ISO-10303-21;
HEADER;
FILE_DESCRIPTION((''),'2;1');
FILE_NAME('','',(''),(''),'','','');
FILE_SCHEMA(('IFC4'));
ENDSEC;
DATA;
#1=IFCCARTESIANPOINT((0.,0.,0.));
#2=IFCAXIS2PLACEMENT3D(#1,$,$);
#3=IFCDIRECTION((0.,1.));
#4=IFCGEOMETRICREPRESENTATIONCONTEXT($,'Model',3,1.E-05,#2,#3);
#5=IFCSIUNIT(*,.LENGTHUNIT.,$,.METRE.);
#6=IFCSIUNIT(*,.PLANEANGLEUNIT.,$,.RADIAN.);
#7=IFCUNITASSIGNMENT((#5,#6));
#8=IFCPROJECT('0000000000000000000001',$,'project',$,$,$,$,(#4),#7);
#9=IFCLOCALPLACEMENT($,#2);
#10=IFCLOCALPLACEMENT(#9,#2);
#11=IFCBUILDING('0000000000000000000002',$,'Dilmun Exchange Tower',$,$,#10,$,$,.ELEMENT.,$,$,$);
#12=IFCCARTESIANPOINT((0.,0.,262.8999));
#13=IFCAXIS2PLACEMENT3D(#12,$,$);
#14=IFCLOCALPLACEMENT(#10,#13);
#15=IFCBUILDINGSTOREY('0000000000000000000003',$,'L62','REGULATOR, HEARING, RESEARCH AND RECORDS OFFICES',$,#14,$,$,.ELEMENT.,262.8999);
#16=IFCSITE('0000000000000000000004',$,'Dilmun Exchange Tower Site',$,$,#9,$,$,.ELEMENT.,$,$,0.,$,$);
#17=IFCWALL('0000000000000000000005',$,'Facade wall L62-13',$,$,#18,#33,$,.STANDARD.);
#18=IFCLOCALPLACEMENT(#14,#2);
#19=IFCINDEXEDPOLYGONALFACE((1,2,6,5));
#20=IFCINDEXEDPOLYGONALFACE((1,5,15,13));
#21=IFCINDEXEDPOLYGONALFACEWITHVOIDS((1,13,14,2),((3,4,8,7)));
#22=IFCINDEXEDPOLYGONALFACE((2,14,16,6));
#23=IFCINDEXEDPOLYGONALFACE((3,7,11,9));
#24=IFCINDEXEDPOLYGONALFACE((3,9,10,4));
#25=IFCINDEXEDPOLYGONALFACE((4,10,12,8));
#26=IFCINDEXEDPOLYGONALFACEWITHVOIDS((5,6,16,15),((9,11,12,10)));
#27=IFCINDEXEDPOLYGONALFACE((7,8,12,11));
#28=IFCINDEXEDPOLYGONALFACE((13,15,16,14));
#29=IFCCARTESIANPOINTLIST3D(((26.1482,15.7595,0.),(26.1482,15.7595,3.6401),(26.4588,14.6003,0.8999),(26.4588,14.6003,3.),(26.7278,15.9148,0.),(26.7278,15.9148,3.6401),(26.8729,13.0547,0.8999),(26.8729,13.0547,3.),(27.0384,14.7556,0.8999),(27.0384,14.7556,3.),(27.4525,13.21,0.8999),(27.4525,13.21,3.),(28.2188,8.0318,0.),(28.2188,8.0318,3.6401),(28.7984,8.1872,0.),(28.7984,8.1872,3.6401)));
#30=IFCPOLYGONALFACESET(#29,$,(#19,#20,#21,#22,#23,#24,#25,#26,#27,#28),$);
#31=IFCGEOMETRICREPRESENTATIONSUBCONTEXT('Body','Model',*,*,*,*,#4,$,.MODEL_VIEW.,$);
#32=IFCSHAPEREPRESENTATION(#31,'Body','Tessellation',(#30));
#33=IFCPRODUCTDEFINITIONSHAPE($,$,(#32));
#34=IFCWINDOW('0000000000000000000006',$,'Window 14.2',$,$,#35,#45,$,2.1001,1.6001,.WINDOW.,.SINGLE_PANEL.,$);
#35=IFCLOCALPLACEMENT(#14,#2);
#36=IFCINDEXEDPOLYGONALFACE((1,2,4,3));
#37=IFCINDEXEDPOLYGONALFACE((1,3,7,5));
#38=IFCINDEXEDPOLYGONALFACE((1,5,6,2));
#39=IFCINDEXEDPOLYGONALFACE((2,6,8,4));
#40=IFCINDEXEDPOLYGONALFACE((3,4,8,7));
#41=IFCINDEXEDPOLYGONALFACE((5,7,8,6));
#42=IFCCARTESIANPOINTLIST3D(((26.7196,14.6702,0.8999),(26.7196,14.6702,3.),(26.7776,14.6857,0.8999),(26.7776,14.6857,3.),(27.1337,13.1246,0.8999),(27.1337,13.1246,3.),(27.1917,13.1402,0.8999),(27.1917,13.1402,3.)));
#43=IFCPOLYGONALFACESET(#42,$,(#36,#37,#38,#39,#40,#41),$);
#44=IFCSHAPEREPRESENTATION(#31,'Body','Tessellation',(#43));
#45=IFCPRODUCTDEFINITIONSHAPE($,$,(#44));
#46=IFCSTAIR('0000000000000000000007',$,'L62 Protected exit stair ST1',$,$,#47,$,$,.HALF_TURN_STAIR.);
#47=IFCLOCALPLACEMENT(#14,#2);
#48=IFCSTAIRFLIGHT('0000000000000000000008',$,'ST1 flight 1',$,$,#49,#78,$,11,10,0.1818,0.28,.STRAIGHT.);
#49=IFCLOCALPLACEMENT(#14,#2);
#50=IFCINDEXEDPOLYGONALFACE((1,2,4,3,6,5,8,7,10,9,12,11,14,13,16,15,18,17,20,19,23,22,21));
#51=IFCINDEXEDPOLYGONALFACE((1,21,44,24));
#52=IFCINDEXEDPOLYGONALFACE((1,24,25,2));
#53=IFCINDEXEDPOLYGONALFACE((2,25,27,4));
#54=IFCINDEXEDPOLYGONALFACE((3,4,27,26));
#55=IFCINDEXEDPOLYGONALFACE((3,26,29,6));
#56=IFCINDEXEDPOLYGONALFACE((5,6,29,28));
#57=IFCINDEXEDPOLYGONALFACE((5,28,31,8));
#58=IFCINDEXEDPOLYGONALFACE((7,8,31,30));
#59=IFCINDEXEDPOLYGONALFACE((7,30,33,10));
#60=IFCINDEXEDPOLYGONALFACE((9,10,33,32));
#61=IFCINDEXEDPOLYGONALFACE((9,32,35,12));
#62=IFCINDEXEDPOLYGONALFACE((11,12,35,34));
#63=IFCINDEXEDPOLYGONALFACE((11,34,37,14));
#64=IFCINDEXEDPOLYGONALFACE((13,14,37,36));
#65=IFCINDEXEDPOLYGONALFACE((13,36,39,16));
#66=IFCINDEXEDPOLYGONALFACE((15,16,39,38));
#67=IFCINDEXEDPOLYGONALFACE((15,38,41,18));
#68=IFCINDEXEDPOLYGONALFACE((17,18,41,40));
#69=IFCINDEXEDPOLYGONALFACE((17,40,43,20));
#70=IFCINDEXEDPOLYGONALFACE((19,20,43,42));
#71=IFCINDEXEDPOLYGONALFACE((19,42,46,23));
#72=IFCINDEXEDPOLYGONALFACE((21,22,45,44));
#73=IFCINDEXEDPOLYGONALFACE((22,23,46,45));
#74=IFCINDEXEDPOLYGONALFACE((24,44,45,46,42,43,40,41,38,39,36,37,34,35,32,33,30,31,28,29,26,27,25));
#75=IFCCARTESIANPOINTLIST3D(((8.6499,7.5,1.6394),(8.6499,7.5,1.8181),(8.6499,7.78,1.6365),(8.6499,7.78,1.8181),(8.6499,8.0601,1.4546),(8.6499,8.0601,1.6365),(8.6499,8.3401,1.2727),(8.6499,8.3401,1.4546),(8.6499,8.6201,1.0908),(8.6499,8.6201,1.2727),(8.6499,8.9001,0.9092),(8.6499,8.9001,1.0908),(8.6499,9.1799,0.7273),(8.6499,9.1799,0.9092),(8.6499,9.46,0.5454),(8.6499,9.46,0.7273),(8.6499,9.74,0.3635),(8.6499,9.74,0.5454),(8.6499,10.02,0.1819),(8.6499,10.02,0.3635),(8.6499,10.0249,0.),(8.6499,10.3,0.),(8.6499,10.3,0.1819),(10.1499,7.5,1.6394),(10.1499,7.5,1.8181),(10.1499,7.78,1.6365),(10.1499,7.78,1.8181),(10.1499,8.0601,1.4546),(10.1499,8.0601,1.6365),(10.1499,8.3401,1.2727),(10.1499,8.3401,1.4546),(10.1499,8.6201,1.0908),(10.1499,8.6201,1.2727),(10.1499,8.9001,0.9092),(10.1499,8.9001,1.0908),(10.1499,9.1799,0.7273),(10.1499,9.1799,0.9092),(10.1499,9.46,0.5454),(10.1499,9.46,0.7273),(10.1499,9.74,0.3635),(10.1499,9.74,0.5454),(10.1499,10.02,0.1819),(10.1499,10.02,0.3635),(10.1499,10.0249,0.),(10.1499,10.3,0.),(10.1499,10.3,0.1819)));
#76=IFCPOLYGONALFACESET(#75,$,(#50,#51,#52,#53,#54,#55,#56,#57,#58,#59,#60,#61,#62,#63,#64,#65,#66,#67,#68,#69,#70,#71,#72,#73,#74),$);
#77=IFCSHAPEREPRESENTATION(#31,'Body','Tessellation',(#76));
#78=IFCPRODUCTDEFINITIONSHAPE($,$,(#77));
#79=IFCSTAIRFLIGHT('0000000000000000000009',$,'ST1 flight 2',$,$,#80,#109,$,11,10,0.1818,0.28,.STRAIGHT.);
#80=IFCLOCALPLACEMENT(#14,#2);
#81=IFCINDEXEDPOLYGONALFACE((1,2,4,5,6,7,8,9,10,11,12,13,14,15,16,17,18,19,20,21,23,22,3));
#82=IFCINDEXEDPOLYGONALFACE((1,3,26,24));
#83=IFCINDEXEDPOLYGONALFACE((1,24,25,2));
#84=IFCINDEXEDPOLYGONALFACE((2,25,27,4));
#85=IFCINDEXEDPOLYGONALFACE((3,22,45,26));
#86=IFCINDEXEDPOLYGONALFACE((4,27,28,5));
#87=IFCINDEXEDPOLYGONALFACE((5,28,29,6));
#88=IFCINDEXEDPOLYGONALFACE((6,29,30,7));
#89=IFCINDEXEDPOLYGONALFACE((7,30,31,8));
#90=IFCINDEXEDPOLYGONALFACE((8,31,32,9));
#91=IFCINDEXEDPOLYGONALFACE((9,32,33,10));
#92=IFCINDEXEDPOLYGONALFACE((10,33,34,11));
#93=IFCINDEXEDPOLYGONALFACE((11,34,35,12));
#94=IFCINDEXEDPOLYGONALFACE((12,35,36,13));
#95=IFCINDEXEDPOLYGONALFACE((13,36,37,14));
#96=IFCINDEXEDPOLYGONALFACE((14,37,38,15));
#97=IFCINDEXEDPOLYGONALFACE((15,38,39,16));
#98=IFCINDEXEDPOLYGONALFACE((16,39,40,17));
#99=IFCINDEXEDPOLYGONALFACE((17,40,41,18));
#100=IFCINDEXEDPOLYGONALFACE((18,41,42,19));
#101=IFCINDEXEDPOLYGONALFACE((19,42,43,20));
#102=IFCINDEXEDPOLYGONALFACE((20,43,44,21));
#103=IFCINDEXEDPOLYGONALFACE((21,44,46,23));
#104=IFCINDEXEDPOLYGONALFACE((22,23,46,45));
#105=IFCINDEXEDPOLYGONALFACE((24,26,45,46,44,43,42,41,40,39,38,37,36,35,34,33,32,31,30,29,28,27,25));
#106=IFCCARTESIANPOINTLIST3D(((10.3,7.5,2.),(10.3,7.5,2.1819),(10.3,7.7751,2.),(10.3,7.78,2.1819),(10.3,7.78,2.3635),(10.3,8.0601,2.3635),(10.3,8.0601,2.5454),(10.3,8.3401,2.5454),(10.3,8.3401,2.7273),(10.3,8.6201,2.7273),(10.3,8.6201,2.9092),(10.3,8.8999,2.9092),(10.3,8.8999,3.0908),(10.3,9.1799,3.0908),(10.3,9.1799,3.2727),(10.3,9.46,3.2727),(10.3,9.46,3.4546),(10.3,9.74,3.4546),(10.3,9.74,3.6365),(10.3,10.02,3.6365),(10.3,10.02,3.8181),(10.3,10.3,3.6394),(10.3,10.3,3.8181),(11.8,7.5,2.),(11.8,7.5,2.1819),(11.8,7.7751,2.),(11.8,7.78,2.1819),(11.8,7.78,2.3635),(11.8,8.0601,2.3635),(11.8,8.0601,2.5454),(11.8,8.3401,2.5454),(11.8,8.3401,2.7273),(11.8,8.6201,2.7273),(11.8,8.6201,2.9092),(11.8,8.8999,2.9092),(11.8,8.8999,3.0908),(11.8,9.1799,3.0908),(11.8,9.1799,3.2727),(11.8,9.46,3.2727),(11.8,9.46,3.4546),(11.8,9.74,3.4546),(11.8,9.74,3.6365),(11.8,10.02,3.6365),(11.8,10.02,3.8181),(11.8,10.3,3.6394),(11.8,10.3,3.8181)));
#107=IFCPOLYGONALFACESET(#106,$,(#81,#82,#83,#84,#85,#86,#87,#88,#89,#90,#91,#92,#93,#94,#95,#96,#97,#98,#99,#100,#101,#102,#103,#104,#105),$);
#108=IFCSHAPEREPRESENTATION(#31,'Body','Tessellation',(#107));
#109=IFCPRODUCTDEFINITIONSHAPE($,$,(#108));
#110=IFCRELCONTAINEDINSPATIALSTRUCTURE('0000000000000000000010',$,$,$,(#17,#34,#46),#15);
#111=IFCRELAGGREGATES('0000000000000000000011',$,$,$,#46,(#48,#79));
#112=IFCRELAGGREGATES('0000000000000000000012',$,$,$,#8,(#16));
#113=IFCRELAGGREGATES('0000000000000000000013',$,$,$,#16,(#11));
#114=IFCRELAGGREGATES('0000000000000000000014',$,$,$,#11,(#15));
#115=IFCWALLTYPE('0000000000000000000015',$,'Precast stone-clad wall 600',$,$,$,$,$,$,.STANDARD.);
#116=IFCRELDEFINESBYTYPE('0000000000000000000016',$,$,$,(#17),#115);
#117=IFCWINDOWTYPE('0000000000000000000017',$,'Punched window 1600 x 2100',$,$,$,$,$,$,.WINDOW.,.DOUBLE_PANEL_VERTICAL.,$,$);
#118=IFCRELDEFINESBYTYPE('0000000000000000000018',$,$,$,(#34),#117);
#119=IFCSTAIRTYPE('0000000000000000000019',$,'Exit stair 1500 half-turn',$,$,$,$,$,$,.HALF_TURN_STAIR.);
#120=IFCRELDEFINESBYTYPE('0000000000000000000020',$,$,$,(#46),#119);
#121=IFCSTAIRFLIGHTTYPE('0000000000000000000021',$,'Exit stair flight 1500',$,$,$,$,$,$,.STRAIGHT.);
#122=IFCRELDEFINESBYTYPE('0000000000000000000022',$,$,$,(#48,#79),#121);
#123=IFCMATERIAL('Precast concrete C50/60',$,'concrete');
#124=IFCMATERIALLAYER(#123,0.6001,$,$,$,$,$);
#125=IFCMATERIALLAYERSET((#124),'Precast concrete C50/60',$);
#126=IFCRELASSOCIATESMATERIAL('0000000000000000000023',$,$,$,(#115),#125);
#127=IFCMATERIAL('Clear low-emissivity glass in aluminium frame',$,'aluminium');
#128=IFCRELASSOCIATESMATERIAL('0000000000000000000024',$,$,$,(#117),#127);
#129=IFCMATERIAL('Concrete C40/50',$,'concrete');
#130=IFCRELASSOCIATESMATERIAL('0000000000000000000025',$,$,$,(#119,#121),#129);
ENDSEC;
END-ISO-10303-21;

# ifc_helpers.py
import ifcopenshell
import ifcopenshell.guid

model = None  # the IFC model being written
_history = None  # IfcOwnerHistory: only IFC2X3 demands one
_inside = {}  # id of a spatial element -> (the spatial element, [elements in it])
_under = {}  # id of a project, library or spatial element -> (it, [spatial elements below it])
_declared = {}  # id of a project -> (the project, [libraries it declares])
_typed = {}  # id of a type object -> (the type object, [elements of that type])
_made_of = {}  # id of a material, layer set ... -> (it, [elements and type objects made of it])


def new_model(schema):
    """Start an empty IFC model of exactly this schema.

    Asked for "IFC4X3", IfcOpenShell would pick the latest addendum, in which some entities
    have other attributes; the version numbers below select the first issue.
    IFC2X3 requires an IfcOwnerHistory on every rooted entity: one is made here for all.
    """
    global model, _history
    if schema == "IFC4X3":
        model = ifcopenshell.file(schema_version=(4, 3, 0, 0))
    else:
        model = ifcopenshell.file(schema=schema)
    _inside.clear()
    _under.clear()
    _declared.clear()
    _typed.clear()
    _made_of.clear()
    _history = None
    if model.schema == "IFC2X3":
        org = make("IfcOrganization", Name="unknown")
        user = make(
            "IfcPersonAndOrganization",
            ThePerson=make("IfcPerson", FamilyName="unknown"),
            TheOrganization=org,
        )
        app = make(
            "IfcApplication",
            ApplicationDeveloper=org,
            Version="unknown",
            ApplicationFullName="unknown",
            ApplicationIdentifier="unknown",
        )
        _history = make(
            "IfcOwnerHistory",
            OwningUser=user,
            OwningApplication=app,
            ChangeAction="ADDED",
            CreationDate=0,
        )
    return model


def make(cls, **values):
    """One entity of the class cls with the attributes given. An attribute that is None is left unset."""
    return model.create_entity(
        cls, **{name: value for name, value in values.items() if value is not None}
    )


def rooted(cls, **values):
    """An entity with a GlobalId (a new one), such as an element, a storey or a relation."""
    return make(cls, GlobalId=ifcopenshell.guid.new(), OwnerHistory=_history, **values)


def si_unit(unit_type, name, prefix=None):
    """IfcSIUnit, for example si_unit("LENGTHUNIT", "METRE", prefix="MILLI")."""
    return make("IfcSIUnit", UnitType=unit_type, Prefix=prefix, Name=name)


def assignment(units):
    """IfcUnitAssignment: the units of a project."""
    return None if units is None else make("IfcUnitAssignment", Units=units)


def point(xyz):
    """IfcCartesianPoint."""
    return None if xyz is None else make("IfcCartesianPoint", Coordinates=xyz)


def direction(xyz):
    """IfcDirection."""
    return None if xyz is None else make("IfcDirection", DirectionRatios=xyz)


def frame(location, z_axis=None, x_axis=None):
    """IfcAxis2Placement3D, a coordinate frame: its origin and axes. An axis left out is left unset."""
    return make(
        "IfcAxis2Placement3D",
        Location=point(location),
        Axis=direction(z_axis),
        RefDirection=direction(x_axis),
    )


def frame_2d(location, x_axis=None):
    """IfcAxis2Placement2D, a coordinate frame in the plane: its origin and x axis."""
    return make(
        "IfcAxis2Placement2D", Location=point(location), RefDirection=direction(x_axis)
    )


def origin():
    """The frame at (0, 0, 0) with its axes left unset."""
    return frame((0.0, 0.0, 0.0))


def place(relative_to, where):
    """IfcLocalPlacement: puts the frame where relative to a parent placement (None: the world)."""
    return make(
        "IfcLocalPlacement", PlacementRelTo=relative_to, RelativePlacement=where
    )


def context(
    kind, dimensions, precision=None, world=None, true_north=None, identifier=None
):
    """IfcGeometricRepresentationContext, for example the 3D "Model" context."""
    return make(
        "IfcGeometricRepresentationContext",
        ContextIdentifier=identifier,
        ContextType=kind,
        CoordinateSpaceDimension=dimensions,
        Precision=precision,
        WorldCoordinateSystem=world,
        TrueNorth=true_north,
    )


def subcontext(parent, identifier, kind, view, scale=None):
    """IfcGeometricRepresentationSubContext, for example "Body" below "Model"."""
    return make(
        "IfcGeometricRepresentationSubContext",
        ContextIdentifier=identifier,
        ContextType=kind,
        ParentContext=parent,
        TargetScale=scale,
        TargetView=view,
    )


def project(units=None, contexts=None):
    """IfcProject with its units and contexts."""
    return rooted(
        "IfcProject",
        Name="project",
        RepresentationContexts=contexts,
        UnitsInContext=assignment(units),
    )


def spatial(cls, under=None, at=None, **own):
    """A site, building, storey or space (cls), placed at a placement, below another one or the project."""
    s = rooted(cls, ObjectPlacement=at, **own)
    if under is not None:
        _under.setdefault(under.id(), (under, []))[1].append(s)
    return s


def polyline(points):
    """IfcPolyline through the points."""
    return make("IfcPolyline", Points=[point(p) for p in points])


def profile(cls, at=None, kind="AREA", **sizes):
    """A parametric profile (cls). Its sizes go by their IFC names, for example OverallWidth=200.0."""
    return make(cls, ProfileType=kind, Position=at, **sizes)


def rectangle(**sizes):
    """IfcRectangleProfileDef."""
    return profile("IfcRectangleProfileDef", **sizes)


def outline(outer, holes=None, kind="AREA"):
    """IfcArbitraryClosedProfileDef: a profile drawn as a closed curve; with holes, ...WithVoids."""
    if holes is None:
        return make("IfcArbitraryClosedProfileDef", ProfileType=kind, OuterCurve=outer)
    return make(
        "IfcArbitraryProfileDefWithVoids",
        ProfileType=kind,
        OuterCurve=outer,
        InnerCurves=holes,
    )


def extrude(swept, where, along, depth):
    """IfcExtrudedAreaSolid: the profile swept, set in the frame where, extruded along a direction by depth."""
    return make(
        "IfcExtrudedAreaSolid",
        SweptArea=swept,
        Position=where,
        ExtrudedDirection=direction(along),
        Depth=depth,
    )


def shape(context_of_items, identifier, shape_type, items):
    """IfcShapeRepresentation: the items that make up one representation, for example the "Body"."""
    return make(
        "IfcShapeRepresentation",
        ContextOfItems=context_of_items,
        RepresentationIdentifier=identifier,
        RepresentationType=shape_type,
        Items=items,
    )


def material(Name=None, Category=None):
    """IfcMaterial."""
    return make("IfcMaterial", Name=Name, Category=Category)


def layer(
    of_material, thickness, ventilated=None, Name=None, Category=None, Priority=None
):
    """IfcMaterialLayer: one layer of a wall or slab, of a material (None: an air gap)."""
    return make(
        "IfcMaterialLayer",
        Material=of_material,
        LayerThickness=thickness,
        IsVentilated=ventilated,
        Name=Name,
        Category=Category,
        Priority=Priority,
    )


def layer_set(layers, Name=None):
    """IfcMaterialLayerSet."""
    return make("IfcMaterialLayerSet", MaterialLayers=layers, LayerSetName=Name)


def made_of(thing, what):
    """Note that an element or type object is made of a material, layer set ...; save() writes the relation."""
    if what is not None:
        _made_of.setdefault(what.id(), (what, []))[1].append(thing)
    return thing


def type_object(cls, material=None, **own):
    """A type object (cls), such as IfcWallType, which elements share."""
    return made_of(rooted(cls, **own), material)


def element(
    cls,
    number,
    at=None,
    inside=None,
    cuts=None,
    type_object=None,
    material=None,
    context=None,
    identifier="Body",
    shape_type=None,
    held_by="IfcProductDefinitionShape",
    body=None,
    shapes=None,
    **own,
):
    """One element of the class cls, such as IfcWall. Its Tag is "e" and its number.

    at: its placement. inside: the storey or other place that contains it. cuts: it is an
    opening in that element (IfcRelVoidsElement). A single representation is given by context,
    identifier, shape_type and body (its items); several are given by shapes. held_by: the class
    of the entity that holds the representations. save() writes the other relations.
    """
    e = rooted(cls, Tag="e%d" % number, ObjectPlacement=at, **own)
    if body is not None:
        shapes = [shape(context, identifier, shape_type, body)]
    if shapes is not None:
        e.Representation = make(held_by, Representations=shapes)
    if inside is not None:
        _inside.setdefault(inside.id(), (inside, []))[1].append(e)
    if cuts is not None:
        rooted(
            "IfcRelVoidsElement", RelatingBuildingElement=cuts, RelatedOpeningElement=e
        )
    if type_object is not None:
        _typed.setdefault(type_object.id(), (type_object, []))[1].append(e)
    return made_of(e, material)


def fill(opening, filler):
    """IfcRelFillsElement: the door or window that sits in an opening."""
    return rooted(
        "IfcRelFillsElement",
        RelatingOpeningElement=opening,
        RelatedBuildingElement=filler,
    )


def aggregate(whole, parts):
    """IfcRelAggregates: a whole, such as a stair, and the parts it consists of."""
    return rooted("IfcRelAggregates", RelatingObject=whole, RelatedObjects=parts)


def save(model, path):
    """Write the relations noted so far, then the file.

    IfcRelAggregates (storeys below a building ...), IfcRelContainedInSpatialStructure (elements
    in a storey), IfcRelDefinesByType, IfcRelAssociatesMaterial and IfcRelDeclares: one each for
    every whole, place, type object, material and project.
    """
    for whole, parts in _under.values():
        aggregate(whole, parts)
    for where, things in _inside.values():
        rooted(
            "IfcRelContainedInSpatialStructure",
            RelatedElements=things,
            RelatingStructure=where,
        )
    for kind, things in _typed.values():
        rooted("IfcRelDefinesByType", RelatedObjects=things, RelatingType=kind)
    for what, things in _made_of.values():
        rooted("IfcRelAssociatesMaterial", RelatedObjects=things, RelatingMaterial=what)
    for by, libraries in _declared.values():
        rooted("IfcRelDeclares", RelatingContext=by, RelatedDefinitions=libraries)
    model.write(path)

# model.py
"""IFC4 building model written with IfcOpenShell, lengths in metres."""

from ifc_helpers import new_model, si_unit, direction, frame, frame_2d, origin, place, context, subcontext, project, spatial, polyline, rectangle, outline, extrude, material, layer, layer_set, type_object, element, fill, aggregate, save


model = new_model("IFC4")

# Units and contexts
model_context = context("Model", 3, precision=1e-05, world=origin(), true_north=direction((0.0, 1.0)))
body_context = subcontext(model_context, "Body", "Model", "MODEL_VIEW")
ifc_project = project(units=[si_unit("LENGTHUNIT", "METRE"), si_unit("PLANEANGLEUNIT", "RADIAN")], contexts=[model_context])

# Site, building, storey
site_placement = place(None, origin())
site = spatial("IfcSite", under=ifc_project, at=site_placement, Name="Dilmun Exchange Tower Site", CompositionType="ELEMENT", RefElevation=0.0)
building_placement = place(site_placement, origin())
building = spatial("IfcBuilding", under=site, at=building_placement, Name="Dilmun Exchange Tower", CompositionType="ELEMENT")
storey_placement = place(building_placement, frame((0.0, 0.0, 262.8999)))
storey = spatial("IfcBuildingStorey", under=building, at=storey_placement, Name="L62", Description="REGULATOR, HEARING, RESEARCH AND RECORDS OFFICES", CompositionType="ELEMENT", Elevation=262.8999)

# Shared definitions
ifc_material_1 = material(Name="Concrete C40/50", Category="concrete")

# Wall, opening, window
ifc_material_2 = material(Name="Precast concrete C50/60", Category="concrete")
ifc_layer_1 = layer(ifc_material_2, 0.6001)
ifc_layer_set_1 = layer_set([ifc_layer_1], Name="Precast concrete C50/60")
wall_type_1 = type_object("IfcWallType", Name="Precast stone-clad wall 600", PredefinedType="STANDARD", material=ifc_layer_set_1)
ifc_material_3 = material(Name="Clear low-emissivity glass in aluminium frame", Category="aluminium")
window_type = type_object("IfcWindowType", Name="Punched window 1600 x 2100", PartitioningType="DOUBLE_PANEL_VERTICAL", PredefinedType="WINDOW", material=ifc_material_3)
wall_1_placement = place(storey_placement, frame((28.5085, 8.1096, 0.0), z_axis=(0.0, 0.0, 1.0), x_axis=(-0.258815, 0.965927, 0.0)))
wall_1 = element("IfcWall", 1, at=wall_1_placement, inside=storey, type_object=wall_type_1, Name="Facade wall L62-13", PredefinedType="STANDARD", context=body_context, shape_type="SweptSolid", body=[
    extrude(rectangle(XDim=8.0002, YDim=0.6001, at=frame_2d((4.0, 0.0))), origin(), (0.0, 0.0, 1.0), 3.6401),
])
opening_1_placement = place(wall_1_placement, frame((5.2, 0.0, 0.8999)))
opening_1 = element("IfcOpeningElement", 2, at=opening_1_placement, cuts=wall_1, PredefinedType="OPENING", context=body_context, shape_type="SweptSolid", body=[
    extrude(rectangle(XDim=1.6001, YDim=2.1001, at=frame_2d((0.8, 1.05))), frame((0.0, 0.3101, 0.0), z_axis=(0.0, -1.0, 0.0), x_axis=(1.0, 0.0, 0.0)), (0.0, 0.0, 1.0), 0.6201),
])
window_1_placement = place(opening_1_placement, origin())
window_1 = element("IfcWindow", 3, at=window_1_placement, inside=storey, type_object=window_type, Name="Window 14.2", OverallHeight=2.1001, OverallWidth=1.6001, PartitioningType="SINGLE_PANEL", PredefinedType="WINDOW", context=body_context, shape_type="SweptSolid", body=[
    extrude(rectangle(XDim=1.6001, YDim=2.1001, at=frame_2d((0.8, 1.05))), frame((0.0, 0.03, 0.0), z_axis=(0.0, -1.0, 0.0), x_axis=(1.0, 0.0, 0.0)), (0.0, 0.0, 1.0), 0.0601),
])
fill(opening_1, window_1)

# Stair, stair flights
stair_type = type_object("IfcStairType", Name="Exit stair 1500 half-turn", PredefinedType="HALF_TURN_STAIR", material=ifc_material_1)
stair_placement = place(storey_placement, origin())
stair = element("IfcStair", 4, at=stair_placement, inside=storey, type_object=stair_type, Name="L62 Protected exit stair ST1", PredefinedType="HALF_TURN_STAIR")
stair_flight_type = type_object("IfcStairFlightType", Name="Exit stair flight 1500", PredefinedType="STRAIGHT", material=ifc_material_1)
stair_flight_1_placement = place(storey_placement, frame((9.3999, 10.3, 0.0), z_axis=(0.0, 0.0, 1.0), x_axis=(0.0, -1.0, 0.0)))
stair_flight_1 = element("IfcStairFlight", 5, at=stair_flight_1_placement, type_object=stair_flight_type, Name="ST1 flight 1", NumberOfRisers=11, NumberOfTreads=10, PredefinedType="STRAIGHT", RiserHeight=0.1818, TreadLength=0.28, context=body_context, shape_type="SweptSolid", body=[
    extrude(outline(polyline([(0.0, 0.0), (0.0, 0.1819), (0.28, 0.1819), (0.28, 0.3635), (0.5601, 0.3635), (0.5601, 0.5454), (0.8401, 0.5454), (0.8401, 0.7273), (1.1201, 0.7273), (1.1201, 0.9092), (1.3999, 0.9092), (1.3999, 1.0908), (1.6799, 1.0908), (1.6799, 1.2727), (1.96, 1.2727), (1.96, 1.4546), (2.24, 1.4546), (2.24, 1.6365), (2.52, 1.6365), (2.52, 1.8181), (2.8, 1.8181), (2.8, 2.0), (2.8, 1.6394), (0.2751, 0.0), (0.0, 0.0)])), frame((0.0, 0.75, 0.0), z_axis=(0.0, -1.0, 0.0), x_axis=(1.0, 0.0, 0.0)), (0.0, 0.0, 1.0), 1.5),
])
stair_flight_2_placement = place(storey_placement, frame((11.05, 7.5, 2.0), z_axis=(0.0, 0.0, 1.0), x_axis=(0.0, 1.0, 0.0)))
stair_flight_2 = element("IfcStairFlight", 6, at=stair_flight_2_placement, type_object=stair_flight_type, Name="ST1 flight 2", NumberOfRisers=11, NumberOfTreads=10, PredefinedType="STRAIGHT", RiserHeight=0.1818, TreadLength=0.28, context=body_context, shape_type="SweptSolid", body=[
    extrude(outline(polyline([(0.0, 0.0), (0.0, 0.1819), (0.28, 0.1819), (0.28, 0.3635), (0.5601, 0.3635), (0.5601, 0.5454), (0.8401, 0.5454), (0.8401, 0.7273), (1.1201, 0.7273), (1.1201, 0.9092), (1.3999, 0.9092), (1.3999, 1.0908), (1.6799, 1.0908), (1.6799, 1.2727), (1.96, 1.2727), (1.96, 1.4546), (2.24, 1.4546), (2.24, 1.6365), (2.52, 1.6365), (2.52, 1.8181), (2.8, 1.8181), (2.8, 2.0), (2.8, 1.6394), (0.2751, 0.0), (0.0, 0.0)])), frame((0.0, 0.75, 0.0), z_axis=(0.0, -1.0, 0.0), x_axis=(1.0, 0.0, 0.0)), (0.0, 0.0, 1.0), 1.5),
])
aggregate(stair, [stair_flight_1, stair_flight_2])

save(model, "model.ifc")
